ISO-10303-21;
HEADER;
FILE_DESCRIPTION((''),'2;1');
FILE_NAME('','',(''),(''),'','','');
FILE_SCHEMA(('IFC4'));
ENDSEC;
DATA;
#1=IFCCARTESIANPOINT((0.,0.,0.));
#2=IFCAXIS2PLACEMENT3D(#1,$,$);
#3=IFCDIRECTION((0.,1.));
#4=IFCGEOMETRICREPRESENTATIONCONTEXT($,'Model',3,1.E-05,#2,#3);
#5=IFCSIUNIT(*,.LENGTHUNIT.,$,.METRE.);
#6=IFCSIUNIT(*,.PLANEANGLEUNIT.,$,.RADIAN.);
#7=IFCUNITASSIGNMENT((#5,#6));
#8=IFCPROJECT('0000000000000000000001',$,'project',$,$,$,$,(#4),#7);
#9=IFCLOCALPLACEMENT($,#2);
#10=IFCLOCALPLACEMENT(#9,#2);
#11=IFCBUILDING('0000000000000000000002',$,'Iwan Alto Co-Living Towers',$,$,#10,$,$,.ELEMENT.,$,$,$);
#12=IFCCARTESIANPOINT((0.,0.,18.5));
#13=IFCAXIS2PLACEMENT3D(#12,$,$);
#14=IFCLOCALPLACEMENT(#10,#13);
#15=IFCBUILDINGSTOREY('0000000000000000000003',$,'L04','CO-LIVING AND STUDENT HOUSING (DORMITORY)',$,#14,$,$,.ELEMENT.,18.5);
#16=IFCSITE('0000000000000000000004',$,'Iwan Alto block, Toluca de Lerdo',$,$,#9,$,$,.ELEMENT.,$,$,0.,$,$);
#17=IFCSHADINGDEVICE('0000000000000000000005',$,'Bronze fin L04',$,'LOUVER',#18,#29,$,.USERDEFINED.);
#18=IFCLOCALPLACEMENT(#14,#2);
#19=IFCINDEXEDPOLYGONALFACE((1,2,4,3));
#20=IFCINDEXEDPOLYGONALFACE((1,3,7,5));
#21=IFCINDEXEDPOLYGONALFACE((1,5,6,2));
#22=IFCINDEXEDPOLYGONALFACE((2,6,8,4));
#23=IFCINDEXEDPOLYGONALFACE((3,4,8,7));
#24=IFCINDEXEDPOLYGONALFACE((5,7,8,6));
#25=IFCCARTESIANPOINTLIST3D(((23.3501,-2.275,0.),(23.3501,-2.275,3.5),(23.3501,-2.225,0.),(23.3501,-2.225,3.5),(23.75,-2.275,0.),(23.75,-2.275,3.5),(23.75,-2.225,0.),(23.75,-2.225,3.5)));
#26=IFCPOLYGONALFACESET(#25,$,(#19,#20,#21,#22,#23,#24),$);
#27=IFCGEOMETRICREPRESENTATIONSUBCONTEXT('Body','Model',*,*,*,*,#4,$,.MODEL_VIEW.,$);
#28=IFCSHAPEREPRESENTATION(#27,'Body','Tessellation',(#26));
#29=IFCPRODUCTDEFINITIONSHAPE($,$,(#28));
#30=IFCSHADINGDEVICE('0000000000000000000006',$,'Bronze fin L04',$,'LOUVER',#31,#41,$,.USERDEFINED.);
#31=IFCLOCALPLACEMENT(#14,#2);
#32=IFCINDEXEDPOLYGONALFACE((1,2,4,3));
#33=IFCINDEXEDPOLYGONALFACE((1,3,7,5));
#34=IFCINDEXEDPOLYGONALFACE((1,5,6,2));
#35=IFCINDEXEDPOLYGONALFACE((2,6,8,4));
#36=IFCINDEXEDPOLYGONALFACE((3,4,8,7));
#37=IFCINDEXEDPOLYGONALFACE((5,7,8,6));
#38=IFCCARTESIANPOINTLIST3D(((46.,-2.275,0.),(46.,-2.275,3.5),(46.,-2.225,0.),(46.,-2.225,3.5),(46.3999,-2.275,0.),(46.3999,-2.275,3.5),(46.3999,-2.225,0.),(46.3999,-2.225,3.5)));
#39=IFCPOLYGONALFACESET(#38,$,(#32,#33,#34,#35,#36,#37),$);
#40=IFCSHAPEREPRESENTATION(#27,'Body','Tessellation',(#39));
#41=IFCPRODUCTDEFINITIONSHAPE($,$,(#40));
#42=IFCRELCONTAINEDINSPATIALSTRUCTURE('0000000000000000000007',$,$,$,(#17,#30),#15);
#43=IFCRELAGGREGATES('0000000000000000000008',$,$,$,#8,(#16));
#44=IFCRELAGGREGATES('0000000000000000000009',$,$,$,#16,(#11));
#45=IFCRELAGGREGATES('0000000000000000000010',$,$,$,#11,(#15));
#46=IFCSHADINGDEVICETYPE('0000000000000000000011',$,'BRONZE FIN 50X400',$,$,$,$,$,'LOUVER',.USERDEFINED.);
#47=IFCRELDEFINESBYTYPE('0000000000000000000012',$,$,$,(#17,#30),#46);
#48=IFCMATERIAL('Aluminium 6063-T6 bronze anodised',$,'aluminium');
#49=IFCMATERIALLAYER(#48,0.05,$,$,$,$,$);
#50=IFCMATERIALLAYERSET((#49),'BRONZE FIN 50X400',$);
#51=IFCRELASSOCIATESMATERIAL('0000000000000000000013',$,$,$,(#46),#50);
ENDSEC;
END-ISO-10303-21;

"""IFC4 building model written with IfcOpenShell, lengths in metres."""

from ifc_helpers import new_model, si_unit, direction, frame, origin, origin_2d, place, context, subcontext, project, spatial, rectangle, extrude, material, layer, layer_set, type_object, element, save


model = new_model("IFC4")

# Units and contexts
model_context = context("Model", 3, precision=1e-05, world=origin(), true_north=direction((0.0, 1.0)))
body_context = subcontext(model_context, "Body", "Model", "MODEL_VIEW")
ifc_project = project(units=[si_unit("LENGTHUNIT", "METRE"), si_unit("PLANEANGLEUNIT", "RADIAN")], contexts=[model_context])

# Site, building, storey
site_placement = place(None, origin())
site = spatial("IfcSite", under=ifc_project, at=site_placement, Name="Iwan Alto block, Toluca de Lerdo", CompositionType="ELEMENT", RefElevation=0.0)
building_placement = place(site_placement, origin())
building = spatial("IfcBuilding", under=site, at=building_placement, Name="Iwan Alto Co-Living Towers", CompositionType="ELEMENT")
storey_placement = place(building_placement, frame((0.0, 0.0, 18.5)))
storey = spatial("IfcBuildingStorey", under=building, at=storey_placement, Name="L04", Description="CO-LIVING AND STUDENT HOUSING (DORMITORY)", CompositionType="ELEMENT", Elevation=18.5)

# Shading devices
ifc_material_1 = material(Name="Aluminium 6063-T6 bronze anodised", Category="aluminium")
ifc_layer_1 = layer(ifc_material_1, 0.05)
ifc_layer_set_1 = layer_set([ifc_layer_1], Name="BRONZE FIN 50X400")
shading_device_type = type_object("IfcShadingDeviceType", Name="BRONZE FIN 50X400", ElementType="LOUVER", PredefinedType="USERDEFINED", material=ifc_layer_set_1)
for number, where, z_axis, x_axis, name in (
    (1, (23.55, -2.25, 0.0), (0.0, 0.0, 1.0), (0.0, 1.0, 0.0), "Bronze fin L04"),
    (2, (46.2, -2.25, 0.0), (0.0, 0.0, 1.0), (0.0, -1.0, 0.0), "Bronze fin L04"),
):
    element("IfcShadingDevice", number, at=place(storey_placement, frame(where, z_axis=z_axis, x_axis=x_axis)), inside=storey, type_object=shading_device_type, Name=name, ObjectType="LOUVER", PredefinedType="USERDEFINED", context=body_context, shape_type="SweptSolid", body=[
        extrude(rectangle(XDim=0.05, YDim=0.3999, at=origin_2d()), origin(), (0.0, 0.0, 1.0), 3.5),
    ])

save(model, "model.ifc")
